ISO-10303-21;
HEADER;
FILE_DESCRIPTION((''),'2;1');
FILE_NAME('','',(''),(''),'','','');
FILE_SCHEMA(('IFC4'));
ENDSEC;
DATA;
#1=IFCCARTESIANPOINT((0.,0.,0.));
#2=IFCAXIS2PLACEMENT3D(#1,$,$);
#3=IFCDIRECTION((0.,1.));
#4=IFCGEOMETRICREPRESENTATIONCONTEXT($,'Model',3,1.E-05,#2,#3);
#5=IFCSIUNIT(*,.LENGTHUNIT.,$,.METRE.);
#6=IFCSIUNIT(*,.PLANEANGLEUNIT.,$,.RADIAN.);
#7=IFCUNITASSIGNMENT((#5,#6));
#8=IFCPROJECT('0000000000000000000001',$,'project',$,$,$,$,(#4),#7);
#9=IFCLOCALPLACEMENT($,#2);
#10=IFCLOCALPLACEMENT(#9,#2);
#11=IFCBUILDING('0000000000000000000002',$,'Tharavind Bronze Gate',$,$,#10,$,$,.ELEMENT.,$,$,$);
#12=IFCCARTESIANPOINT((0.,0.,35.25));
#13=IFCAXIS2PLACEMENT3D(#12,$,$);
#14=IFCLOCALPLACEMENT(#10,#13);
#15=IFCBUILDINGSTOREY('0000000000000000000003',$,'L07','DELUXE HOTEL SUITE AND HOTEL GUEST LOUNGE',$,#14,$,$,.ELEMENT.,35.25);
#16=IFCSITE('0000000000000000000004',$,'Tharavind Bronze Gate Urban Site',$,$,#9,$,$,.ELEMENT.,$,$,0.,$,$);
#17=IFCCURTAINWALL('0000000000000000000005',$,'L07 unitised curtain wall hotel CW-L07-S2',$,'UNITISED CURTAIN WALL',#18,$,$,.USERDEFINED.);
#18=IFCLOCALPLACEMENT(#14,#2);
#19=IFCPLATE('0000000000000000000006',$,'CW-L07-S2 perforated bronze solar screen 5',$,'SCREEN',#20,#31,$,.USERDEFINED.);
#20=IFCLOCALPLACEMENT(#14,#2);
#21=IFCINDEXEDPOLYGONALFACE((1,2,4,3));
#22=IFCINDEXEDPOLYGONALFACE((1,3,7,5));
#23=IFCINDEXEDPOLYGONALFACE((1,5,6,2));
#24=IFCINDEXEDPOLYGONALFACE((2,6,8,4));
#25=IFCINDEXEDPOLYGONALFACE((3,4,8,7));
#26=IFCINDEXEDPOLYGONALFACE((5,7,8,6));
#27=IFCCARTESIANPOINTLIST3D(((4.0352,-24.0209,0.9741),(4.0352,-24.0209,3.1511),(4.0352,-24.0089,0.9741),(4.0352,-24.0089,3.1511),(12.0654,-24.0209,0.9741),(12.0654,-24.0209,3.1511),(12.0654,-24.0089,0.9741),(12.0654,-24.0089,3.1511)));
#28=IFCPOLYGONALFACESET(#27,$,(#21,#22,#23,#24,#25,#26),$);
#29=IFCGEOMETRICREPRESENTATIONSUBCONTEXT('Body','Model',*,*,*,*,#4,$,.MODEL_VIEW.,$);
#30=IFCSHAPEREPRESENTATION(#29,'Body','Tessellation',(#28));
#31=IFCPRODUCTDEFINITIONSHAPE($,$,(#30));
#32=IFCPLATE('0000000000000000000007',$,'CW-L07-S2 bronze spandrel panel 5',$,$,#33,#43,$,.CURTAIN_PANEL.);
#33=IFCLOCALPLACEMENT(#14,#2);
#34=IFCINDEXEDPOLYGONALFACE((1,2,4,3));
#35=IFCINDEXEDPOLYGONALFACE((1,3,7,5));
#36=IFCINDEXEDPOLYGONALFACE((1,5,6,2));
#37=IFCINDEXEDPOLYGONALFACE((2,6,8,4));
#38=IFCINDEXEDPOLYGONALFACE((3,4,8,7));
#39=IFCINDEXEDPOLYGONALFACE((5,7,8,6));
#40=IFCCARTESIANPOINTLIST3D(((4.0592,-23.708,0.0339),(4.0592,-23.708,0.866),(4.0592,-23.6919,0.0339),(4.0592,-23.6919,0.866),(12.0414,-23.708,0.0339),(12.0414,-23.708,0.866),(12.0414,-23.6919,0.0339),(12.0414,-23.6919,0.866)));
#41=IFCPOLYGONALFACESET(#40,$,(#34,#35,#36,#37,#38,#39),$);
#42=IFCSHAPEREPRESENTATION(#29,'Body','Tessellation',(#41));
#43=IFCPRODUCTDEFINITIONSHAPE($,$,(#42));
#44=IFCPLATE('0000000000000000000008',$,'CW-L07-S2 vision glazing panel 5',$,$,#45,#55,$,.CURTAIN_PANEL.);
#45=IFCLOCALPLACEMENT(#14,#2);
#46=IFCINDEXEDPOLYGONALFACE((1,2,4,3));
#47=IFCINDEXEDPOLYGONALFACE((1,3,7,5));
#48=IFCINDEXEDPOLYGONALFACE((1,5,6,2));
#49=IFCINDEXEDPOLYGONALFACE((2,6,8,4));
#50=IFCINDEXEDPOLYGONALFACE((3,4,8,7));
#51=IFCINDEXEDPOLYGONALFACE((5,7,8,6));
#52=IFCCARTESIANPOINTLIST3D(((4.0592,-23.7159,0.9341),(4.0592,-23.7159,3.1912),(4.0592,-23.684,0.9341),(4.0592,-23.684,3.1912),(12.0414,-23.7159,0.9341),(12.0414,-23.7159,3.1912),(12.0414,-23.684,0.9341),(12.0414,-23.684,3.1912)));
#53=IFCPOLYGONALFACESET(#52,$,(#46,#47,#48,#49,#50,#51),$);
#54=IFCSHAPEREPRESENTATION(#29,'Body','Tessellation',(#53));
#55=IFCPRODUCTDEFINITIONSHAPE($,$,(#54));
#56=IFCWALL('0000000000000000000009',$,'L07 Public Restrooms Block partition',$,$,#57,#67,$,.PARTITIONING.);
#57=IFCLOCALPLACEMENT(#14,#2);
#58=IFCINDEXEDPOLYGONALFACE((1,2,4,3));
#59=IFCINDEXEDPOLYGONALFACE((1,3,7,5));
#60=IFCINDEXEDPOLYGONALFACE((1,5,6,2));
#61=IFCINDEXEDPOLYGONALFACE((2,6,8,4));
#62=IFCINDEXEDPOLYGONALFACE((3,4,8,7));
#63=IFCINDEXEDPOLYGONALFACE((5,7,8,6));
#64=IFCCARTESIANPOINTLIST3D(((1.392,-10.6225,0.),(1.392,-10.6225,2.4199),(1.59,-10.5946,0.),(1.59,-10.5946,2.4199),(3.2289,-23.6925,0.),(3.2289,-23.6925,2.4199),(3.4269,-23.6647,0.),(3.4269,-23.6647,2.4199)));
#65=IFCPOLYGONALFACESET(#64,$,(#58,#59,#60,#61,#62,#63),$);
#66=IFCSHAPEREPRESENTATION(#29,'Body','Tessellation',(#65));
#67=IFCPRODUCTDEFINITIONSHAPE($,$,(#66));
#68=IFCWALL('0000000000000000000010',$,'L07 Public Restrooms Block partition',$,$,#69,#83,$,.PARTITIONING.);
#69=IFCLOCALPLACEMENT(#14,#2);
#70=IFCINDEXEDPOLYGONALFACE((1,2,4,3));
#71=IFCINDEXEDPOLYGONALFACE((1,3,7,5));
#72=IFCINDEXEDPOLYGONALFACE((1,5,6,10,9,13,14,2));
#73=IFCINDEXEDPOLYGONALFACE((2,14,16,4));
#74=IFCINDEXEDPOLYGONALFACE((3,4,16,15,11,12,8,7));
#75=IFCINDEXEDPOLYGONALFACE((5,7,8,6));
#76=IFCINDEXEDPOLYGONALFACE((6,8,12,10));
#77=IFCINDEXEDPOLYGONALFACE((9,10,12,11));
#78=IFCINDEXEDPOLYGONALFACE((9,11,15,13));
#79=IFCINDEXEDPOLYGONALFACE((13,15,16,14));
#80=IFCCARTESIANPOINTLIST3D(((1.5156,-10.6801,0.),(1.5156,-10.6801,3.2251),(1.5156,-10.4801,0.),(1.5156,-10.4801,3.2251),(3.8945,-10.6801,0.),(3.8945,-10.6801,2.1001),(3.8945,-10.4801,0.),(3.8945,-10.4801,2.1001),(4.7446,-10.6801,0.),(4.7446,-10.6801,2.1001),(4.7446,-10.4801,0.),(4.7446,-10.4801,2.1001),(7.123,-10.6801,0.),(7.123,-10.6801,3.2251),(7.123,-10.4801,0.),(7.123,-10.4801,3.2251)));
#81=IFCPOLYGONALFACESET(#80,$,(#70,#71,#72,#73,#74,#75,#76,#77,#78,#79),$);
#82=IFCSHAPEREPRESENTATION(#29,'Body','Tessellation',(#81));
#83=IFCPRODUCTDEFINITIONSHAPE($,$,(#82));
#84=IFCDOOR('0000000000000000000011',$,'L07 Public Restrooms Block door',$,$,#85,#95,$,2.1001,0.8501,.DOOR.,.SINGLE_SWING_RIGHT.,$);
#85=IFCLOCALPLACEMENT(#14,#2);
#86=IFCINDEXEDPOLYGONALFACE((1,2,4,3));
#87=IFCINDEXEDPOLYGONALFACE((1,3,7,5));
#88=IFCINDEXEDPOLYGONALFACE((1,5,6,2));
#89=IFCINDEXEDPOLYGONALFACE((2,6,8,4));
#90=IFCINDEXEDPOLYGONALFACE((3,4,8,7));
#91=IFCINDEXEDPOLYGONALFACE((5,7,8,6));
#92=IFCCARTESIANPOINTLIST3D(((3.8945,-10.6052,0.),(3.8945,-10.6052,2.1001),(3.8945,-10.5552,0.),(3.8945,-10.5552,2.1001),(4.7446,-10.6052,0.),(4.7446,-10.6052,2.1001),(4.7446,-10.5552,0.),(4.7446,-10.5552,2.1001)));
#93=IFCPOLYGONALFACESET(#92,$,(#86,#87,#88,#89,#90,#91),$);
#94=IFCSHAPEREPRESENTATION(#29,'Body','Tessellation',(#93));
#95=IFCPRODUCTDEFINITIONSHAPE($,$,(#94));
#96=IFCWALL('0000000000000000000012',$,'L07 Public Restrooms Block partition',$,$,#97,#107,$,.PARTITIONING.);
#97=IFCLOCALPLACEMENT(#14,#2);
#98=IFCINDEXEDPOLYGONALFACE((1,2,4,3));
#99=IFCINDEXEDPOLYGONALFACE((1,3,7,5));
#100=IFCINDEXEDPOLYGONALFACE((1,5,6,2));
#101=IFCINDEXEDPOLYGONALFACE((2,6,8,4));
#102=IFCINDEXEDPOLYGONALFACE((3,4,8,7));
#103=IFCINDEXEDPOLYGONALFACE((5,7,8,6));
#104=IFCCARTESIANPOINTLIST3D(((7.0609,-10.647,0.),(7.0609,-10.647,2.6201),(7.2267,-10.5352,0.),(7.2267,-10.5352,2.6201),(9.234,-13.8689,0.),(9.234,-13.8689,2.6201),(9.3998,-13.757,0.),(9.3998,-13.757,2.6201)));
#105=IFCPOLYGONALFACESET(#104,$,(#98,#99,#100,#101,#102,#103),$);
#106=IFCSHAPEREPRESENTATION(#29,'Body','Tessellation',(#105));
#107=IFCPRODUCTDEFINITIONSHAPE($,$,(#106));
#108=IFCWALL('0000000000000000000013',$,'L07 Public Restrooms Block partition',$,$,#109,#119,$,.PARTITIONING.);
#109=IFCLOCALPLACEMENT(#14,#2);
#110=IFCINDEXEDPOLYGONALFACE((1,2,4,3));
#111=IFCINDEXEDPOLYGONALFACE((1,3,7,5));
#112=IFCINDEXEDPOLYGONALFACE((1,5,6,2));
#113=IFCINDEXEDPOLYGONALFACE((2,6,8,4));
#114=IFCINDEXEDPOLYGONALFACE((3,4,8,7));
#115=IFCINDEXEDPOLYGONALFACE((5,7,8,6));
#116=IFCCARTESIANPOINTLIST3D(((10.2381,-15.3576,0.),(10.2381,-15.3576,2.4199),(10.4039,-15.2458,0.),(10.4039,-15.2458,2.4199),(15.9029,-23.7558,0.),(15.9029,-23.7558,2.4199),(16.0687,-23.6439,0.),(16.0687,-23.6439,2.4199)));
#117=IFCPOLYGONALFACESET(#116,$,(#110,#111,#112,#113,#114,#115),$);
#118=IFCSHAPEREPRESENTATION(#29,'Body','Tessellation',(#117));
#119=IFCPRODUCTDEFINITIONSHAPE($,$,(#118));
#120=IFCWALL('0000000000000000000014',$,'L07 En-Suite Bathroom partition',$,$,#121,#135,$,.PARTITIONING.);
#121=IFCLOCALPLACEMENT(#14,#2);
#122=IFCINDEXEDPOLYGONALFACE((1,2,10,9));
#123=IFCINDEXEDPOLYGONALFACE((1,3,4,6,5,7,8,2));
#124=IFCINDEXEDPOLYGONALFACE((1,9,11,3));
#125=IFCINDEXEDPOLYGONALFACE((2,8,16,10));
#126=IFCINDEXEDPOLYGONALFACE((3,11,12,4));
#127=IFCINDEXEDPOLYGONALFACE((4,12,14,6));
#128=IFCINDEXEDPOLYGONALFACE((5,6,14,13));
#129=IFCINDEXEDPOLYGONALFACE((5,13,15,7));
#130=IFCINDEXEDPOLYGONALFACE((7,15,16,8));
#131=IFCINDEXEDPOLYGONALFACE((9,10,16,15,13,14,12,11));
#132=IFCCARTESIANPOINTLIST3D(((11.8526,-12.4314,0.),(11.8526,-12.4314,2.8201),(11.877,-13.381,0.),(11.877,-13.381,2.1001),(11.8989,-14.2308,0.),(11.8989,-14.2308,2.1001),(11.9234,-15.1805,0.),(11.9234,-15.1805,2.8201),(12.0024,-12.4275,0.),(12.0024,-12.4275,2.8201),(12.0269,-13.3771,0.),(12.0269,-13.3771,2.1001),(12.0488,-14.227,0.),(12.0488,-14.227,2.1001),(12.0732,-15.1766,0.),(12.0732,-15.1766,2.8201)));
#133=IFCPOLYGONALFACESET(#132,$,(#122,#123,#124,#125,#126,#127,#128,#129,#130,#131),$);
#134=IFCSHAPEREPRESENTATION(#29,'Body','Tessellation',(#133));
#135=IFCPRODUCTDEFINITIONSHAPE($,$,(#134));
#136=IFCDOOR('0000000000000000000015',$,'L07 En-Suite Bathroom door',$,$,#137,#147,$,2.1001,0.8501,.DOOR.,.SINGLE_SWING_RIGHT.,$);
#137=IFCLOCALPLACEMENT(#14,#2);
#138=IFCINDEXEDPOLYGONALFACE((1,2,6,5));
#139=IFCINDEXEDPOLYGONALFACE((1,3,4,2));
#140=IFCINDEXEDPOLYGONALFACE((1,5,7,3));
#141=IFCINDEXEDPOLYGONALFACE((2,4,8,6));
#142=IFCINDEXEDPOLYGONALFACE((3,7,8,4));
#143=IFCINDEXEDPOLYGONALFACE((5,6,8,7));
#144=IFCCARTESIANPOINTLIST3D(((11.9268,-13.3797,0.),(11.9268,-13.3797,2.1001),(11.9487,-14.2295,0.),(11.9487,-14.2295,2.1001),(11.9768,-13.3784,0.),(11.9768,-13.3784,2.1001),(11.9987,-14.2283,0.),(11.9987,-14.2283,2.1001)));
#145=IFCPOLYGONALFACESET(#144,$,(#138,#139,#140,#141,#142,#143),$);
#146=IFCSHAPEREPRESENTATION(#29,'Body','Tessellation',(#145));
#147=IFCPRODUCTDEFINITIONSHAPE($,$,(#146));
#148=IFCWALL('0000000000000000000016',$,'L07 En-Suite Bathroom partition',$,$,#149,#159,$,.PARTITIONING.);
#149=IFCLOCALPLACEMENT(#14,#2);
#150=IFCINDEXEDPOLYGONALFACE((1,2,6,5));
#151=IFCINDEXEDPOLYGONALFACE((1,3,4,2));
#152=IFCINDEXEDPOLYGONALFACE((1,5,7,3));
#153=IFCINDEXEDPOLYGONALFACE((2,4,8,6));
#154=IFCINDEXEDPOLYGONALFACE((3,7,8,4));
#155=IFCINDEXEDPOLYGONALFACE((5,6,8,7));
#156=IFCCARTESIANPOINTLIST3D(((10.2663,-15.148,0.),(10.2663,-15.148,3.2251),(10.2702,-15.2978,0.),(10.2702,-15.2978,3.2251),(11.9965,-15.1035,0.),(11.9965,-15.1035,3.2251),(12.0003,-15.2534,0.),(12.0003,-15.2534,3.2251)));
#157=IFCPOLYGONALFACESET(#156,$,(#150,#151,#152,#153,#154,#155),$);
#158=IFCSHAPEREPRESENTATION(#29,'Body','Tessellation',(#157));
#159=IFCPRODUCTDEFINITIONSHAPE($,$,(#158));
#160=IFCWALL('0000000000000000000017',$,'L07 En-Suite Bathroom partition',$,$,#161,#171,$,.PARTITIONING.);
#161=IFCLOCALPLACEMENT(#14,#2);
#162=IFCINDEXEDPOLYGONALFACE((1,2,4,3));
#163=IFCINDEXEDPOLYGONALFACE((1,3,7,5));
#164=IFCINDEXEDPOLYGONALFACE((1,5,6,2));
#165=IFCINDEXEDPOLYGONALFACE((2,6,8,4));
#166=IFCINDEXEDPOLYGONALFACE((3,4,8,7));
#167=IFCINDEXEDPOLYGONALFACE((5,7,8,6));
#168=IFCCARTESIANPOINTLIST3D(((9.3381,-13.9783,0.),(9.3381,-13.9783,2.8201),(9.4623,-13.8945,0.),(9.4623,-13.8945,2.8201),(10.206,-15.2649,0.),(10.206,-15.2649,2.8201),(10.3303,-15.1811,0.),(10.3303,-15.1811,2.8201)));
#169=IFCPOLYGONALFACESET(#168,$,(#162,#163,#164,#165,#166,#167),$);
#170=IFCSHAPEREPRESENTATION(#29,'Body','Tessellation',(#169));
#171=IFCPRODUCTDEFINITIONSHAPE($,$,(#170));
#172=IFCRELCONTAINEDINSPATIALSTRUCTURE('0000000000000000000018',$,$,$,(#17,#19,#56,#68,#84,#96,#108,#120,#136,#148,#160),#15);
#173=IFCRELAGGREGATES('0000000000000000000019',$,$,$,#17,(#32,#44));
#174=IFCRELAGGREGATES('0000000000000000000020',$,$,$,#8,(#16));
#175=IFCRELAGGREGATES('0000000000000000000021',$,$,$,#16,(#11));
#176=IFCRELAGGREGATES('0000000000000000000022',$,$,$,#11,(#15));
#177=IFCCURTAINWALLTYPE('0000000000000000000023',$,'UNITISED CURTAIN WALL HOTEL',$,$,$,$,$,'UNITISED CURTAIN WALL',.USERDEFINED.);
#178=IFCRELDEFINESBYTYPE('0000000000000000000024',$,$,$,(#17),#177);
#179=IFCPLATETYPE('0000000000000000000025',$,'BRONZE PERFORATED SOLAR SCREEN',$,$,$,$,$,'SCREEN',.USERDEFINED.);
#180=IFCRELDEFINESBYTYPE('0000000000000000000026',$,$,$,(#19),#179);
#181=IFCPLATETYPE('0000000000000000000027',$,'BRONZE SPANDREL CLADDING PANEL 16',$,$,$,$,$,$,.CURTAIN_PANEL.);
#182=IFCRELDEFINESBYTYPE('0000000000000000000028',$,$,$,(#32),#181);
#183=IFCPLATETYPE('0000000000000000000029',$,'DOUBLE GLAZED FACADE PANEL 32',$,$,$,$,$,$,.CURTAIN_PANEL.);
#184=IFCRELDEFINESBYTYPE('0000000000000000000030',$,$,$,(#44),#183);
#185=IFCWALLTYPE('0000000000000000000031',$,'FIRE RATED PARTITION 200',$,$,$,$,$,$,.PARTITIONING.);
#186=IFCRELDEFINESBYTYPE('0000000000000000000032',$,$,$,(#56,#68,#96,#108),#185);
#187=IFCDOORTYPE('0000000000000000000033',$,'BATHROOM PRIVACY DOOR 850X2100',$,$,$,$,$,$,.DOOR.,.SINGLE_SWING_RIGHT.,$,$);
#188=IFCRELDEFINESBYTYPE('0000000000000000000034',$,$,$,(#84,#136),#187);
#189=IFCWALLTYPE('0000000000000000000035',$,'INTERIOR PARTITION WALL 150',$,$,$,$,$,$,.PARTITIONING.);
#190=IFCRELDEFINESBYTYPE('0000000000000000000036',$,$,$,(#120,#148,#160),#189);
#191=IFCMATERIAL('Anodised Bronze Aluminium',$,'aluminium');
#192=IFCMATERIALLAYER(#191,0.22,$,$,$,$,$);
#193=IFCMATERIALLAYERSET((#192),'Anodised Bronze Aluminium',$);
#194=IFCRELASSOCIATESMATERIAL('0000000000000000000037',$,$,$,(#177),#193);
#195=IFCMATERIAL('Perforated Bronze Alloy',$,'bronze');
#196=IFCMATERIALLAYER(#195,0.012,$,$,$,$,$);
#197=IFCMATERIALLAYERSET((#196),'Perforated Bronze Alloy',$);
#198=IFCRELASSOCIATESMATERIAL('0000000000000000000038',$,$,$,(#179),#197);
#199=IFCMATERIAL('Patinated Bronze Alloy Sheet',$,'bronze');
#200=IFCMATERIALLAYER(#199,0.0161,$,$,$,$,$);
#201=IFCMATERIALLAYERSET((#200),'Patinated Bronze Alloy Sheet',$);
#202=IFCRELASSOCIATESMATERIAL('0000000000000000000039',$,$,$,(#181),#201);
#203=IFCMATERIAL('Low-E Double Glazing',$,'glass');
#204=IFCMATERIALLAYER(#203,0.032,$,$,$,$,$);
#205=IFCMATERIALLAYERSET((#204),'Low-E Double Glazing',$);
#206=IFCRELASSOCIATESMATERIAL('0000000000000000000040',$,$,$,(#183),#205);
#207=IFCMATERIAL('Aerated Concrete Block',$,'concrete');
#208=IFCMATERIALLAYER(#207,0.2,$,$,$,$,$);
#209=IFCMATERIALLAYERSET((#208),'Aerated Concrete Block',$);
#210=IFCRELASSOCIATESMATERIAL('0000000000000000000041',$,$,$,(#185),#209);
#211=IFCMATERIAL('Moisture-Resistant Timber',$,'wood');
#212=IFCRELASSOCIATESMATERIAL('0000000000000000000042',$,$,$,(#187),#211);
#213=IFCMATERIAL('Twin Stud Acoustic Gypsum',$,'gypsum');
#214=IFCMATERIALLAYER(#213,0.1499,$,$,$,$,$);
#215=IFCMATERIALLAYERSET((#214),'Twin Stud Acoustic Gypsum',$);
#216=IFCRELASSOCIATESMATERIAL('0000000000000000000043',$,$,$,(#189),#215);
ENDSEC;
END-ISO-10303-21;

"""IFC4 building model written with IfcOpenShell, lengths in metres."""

from ifc_helpers import new_model, si_unit, direction, frame, frame_2d, origin, origin_2d, place, context, subcontext, project, spatial, rectangle, extrude, material, layer, layer_set, type_object, element, fill, aggregate, save


model = new_model("IFC4")

# Units and contexts
model_context = context("Model", 3, precision=1e-05, world=origin(), true_north=direction((0.0, 1.0)))
body_context = subcontext(model_context, "Body", "Model", "MODEL_VIEW")
ifc_project = project(units=[si_unit("LENGTHUNIT", "METRE"), si_unit("PLANEANGLEUNIT", "RADIAN")], contexts=[model_context])

# Site, building, storey
site_placement = place(None, origin())
site = spatial("IfcSite", under=ifc_project, at=site_placement, Name="Tharavind Bronze Gate Urban Site", CompositionType="ELEMENT", RefElevation=0.0)
building_placement = place(site_placement, origin())
building = spatial("IfcBuilding", under=site, at=building_placement, Name="Tharavind Bronze Gate", CompositionType="ELEMENT")
storey_placement = place(building_placement, frame((0.0, 0.0, 35.25)))
storey = spatial("IfcBuildingStorey", under=building, at=storey_placement, Name="L07", Description="DELUXE HOTEL SUITE AND HOTEL GUEST LOUNGE", CompositionType="ELEMENT", Elevation=35.25)

# Curtain wall
ifc_material_1 = material(Name="Anodised Bronze Aluminium", Category="aluminium")
ifc_layer_1 = layer(ifc_material_1, 0.22)
ifc_layer_set_1 = layer_set([ifc_layer_1], Name="Anodised Bronze Aluminium")
curtain_wall_type = type_object("IfcCurtainWallType", Name="UNITISED CURTAIN WALL HOTEL", ElementType="UNITISED CURTAIN WALL", PredefinedType="USERDEFINED", material=ifc_layer_set_1)
curtain_wall_placement = place(storey_placement, origin())
curtain_wall = element("IfcCurtainWall", 1, at=curtain_wall_placement, inside=storey, type_object=curtain_wall_type, Name="L07 unitised curtain wall hotel CW-L07-S2", ObjectType="UNITISED CURTAIN WALL", PredefinedType="USERDEFINED")

# Plates
ifc_material_2 = material(Name="Perforated Bronze Alloy", Category="bronze")
ifc_layer_2 = layer(ifc_material_2, 0.012)
ifc_layer_set_2 = layer_set([ifc_layer_2], Name="Perforated Bronze Alloy")
plate_type_1 = type_object("IfcPlateType", Name="BRONZE PERFORATED SOLAR SCREEN", ElementType="SCREEN", PredefinedType="USERDEFINED", material=ifc_layer_set_2)
plate_1_placement = place(storey_placement, frame((8.0503, -24.0149, 0.9741), z_axis=(0.0, 0.0, 1.0), x_axis=(1.0, 0.0, 0.0)))
element("IfcPlate", 2, at=plate_1_placement, inside=storey, type_object=plate_type_1, Name="CW-L07-S2 perforated bronze solar screen 5", ObjectType="SCREEN", PredefinedType="USERDEFINED", context=body_context, shape_type="SweptSolid", body=[
    extrude(rectangle(XDim=8.0303, YDim=0.012, at=origin_2d()), origin(), (0.0, 0.0, 1.0), 2.177),
])
ifc_material_3 = material(Name="Patinated Bronze Alloy Sheet", Category="bronze")
ifc_layer_3 = layer(ifc_material_3, 0.0161)
ifc_layer_set_3 = layer_set([ifc_layer_3], Name="Patinated Bronze Alloy Sheet")
plate_type_2 = type_object("IfcPlateType", Name="BRONZE SPANDREL CLADDING PANEL 16", PredefinedType="CURTAIN_PANEL", material=ifc_layer_set_3)
plate_2_placement = place(storey_placement, frame((8.0503, -23.7, 0.0339), z_axis=(0.0, 0.0, 1.0), x_axis=(1.0, 0.0, 0.0)))
plate_2 = element("IfcPlate", 3, at=plate_2_placement, type_object=plate_type_2, Name="CW-L07-S2 bronze spandrel panel 5", PredefinedType="CURTAIN_PANEL", context=body_context, shape_type="SweptSolid", body=[
    extrude(rectangle(XDim=7.9822, YDim=0.0161, at=origin_2d()), origin(), (0.0, 0.0, 1.0), 0.832),
])
ifc_material_4 = material(Name="Low-E Double Glazing", Category="glass")
ifc_layer_4 = layer(ifc_material_4, 0.032)
ifc_layer_set_4 = layer_set([ifc_layer_4], Name="Low-E Double Glazing")
plate_type_3 = type_object("IfcPlateType", Name="DOUBLE GLAZED FACADE PANEL 32", PredefinedType="CURTAIN_PANEL", material=ifc_layer_set_4)
plate_3_placement = place(storey_placement, frame((8.0503, -23.7, 0.9341), z_axis=(0.0, 0.0, 1.0), x_axis=(1.0, 0.0, 0.0)))
plate_3 = element("IfcPlate", 4, at=plate_3_placement, type_object=plate_type_3, Name="CW-L07-S2 vision glazing panel 5", PredefinedType="CURTAIN_PANEL", context=body_context, shape_type="SweptSolid", body=[
    extrude(rectangle(XDim=7.9822, YDim=0.032, at=origin_2d()), origin(), (0.0, 0.0, 1.0), 2.2571),
])
aggregate(curtain_wall, [plate_2, plate_3])

# Wall
ifc_material_5 = material(Name="Aerated Concrete Block", Category="concrete")
ifc_layer_5 = layer(ifc_material_5, 0.2)
ifc_layer_set_5 = layer_set([ifc_layer_5], Name="Aerated Concrete Block")
wall_type_1 = type_object("IfcWallType", Name="FIRE RATED PARTITION 200", PredefinedType="PARTITIONING", material=ifc_layer_set_5)
wall_1_placement = place(storey_placement, frame((3.3279, -23.6785, 0.0), z_axis=(0.0, 0.0, 1.0), x_axis=(-0.139176, 0.990268, 0.0)))
element("IfcWall", 5, at=wall_1_placement, inside=storey, type_object=wall_type_1, Name="L07 Public Restrooms Block partition", PredefinedType="PARTITIONING", context=body_context, shape_type="SweptSolid", body=[
    extrude(rectangle(XDim=13.1985, YDim=0.2, at=frame_2d((6.5991, 0.0))), origin(), (0.0, 0.0, 1.0), 2.4199),
])

# Wall, opening, door
wall_2_placement = place(storey_placement, frame((1.5156, -10.5801, 0.0), z_axis=(0.0, 0.0, 1.0), x_axis=(1.0, 0.0, 0.0)))
wall_2 = element("IfcWall", 6, at=wall_2_placement, inside=storey, type_object=wall_type_1, Name="L07 Public Restrooms Block partition", PredefinedType="PARTITIONING", context=body_context, shape_type="SweptSolid", body=[
    extrude(rectangle(XDim=5.6074, YDim=0.2, at=frame_2d((2.8037, 0.0))), origin(), (0.0, 0.0, 1.0), 3.2251),
])
opening_1_placement = place(wall_2_placement, frame((2.3789, 0.0, 0.0)))
opening_1 = element("IfcOpeningElement", 7, at=opening_1_placement, cuts=wall_2, PredefinedType="OPENING", context=body_context, shape_type="SweptSolid", body=[
    extrude(rectangle(XDim=0.8501, YDim=2.1001, at=frame_2d((0.425, 1.05))), frame((0.0, 0.1101, 0.0), z_axis=(0.0, -1.0, 0.0), x_axis=(1.0, 0.0, 0.0)), (0.0, 0.0, 1.0), 0.22),
])
ifc_material_6 = material(Name="Moisture-Resistant Timber", Category="wood")
door_type_1 = type_object("IfcDoorType", Name="BATHROOM PRIVACY DOOR 850X2100", OperationType="SINGLE_SWING_RIGHT", PredefinedType="DOOR", material=ifc_material_6)
door_1_placement = place(opening_1_placement, origin())
door_1 = element("IfcDoor", 8, at=door_1_placement, inside=storey, type_object=door_type_1, Name="L07 Public Restrooms Block door", OperationType="SINGLE_SWING_RIGHT", OverallHeight=2.1001, OverallWidth=0.8501, PredefinedType="DOOR", context=body_context, shape_type="SweptSolid", body=[
    extrude(rectangle(XDim=0.8501, YDim=2.1001, at=frame_2d((0.425, 1.05))), frame((0.0, 0.0249, 0.0), z_axis=(0.0, -1.0, 0.0), x_axis=(1.0, 0.0, 0.0)), (0.0, 0.0, 1.0), 0.05),
])
fill(opening_1, door_1)

# Walls
wall_3_placement = place(storey_placement, frame((7.1438, -10.5911, 0.0), z_axis=(0.0, 0.0, 1.0), x_axis=(0.559172, -0.829052, 0.0)))
element("IfcWall", 9, at=wall_3_placement, inside=storey, type_object=wall_type_1, Name="L07 Public Restrooms Block partition", PredefinedType="PARTITIONING", context=body_context, shape_type="SweptSolid", body=[
    extrude(rectangle(XDim=3.8862, YDim=0.2, at=frame_2d((1.9431, 0.0))), origin(), (0.0, 0.0, 1.0), 2.6201),
])
wall_4_placement = place(storey_placement, frame((10.321, -15.3018, 0.0), z_axis=(0.0, 0.0, 1.0), x_axis=(0.559203, -0.829031, 0.0)))
element("IfcWall", 10, at=wall_4_placement, inside=storey, type_object=wall_type_1, Name="L07 Public Restrooms Block partition", PredefinedType="PARTITIONING", context=body_context, shape_type="SweptSolid", body=[
    extrude(rectangle(XDim=10.1301, YDim=0.2, at=frame_2d((5.0649, 0.0))), origin(), (0.0, 0.0, 1.0), 2.4199),
])

# Wall, opening, door
ifc_material_7 = material(Name="Twin Stud Acoustic Gypsum", Category="gypsum")
ifc_layer_6 = layer(ifc_material_7, 0.1499)
ifc_layer_set_6 = layer_set([ifc_layer_6], Name="Twin Stud Acoustic Gypsum")
wall_type_2 = type_object("IfcWallType", Name="INTERIOR PARTITION WALL 150", PredefinedType="PARTITIONING", material=ifc_layer_set_6)
wall_5_placement = place(storey_placement, frame((11.9275, -12.4294, 0.0), z_axis=(0.0, 0.0, 1.0), x_axis=(0.025746, -0.999669, 0.0)))
wall_5 = element("IfcWall", 11, at=wall_5_placement, inside=storey, type_object=wall_type_2, Name="L07 En-Suite Bathroom partition", PredefinedType="PARTITIONING", context=body_context, shape_type="SweptSolid", body=[
    extrude(rectangle(XDim=2.75, YDim=0.1499, at=frame_2d((1.375, 0.0))), origin(), (0.0, 0.0, 1.0), 2.8201),
])
opening_2_placement = place(wall_5_placement, frame((0.95, 0.0, 0.0)))
opening_2 = element("IfcOpeningElement", 12, at=opening_2_placement, cuts=wall_5, PredefinedType="OPENING", context=body_context, shape_type="SweptSolid", body=[
    extrude(rectangle(XDim=0.8501, YDim=2.1001, at=frame_2d((0.425, 1.05))), frame((0.0, 0.085, 0.0), z_axis=(0.0, -1.0, 0.0), x_axis=(1.0, 0.0, 0.0)), (0.0, 0.0, 1.0), 0.1699),
])
door_2_placement = place(opening_2_placement, origin())
door_2 = element("IfcDoor", 13, at=door_2_placement, inside=storey, type_object=door_type_1, Name="L07 En-Suite Bathroom door", OperationType="SINGLE_SWING_RIGHT", OverallHeight=2.1001, OverallWidth=0.8501, PredefinedType="DOOR", context=body_context, shape_type="SweptSolid", body=[
    extrude(rectangle(XDim=0.8501, YDim=2.1001, at=frame_2d((0.425, 1.05))), frame((0.0, 0.0249, 0.0), z_axis=(0.0, -1.0, 0.0), x_axis=(1.0, 0.0, 0.0)), (0.0, 0.0, 1.0), 0.05),
])
fill(opening_2, door_2)

# Walls
wall_6_placement = place(storey_placement, frame((11.9983, -15.1785, 0.0), z_axis=(0.0, 0.0, 1.0), x_axis=(-0.99967, -0.025672, 0.0)))
element("IfcWall", 14, at=wall_6_placement, inside=storey, type_object=wall_type_2, Name="L07 En-Suite Bathroom partition", PredefinedType="PARTITIONING", context=body_context, shape_type="SweptSolid", body=[
    extrude(rectangle(XDim=1.7307, YDim=0.1499, at=frame_2d((0.8652, 0.0))), origin(), (0.0, 0.0, 1.0), 3.2251),
])
wall_7_placement = place(storey_placement, frame((10.2681, -15.2229, 0.0), z_axis=(0.0, 0.0, 1.0), x_axis=(-0.55923, 0.829013, 0.0)))
element("IfcWall", 15, at=wall_7_placement, inside=storey, type_object=wall_type_2, Name="L07 En-Suite Bathroom partition", PredefinedType="PARTITIONING", context=body_context, shape_type="SweptSolid", body=[
    extrude(rectangle(XDim=1.552, YDim=0.1499, at=frame_2d((0.7759, 0.0))), origin(), (0.0, 0.0, 1.0), 2.8201),
])

save(model, "model.ifc")
